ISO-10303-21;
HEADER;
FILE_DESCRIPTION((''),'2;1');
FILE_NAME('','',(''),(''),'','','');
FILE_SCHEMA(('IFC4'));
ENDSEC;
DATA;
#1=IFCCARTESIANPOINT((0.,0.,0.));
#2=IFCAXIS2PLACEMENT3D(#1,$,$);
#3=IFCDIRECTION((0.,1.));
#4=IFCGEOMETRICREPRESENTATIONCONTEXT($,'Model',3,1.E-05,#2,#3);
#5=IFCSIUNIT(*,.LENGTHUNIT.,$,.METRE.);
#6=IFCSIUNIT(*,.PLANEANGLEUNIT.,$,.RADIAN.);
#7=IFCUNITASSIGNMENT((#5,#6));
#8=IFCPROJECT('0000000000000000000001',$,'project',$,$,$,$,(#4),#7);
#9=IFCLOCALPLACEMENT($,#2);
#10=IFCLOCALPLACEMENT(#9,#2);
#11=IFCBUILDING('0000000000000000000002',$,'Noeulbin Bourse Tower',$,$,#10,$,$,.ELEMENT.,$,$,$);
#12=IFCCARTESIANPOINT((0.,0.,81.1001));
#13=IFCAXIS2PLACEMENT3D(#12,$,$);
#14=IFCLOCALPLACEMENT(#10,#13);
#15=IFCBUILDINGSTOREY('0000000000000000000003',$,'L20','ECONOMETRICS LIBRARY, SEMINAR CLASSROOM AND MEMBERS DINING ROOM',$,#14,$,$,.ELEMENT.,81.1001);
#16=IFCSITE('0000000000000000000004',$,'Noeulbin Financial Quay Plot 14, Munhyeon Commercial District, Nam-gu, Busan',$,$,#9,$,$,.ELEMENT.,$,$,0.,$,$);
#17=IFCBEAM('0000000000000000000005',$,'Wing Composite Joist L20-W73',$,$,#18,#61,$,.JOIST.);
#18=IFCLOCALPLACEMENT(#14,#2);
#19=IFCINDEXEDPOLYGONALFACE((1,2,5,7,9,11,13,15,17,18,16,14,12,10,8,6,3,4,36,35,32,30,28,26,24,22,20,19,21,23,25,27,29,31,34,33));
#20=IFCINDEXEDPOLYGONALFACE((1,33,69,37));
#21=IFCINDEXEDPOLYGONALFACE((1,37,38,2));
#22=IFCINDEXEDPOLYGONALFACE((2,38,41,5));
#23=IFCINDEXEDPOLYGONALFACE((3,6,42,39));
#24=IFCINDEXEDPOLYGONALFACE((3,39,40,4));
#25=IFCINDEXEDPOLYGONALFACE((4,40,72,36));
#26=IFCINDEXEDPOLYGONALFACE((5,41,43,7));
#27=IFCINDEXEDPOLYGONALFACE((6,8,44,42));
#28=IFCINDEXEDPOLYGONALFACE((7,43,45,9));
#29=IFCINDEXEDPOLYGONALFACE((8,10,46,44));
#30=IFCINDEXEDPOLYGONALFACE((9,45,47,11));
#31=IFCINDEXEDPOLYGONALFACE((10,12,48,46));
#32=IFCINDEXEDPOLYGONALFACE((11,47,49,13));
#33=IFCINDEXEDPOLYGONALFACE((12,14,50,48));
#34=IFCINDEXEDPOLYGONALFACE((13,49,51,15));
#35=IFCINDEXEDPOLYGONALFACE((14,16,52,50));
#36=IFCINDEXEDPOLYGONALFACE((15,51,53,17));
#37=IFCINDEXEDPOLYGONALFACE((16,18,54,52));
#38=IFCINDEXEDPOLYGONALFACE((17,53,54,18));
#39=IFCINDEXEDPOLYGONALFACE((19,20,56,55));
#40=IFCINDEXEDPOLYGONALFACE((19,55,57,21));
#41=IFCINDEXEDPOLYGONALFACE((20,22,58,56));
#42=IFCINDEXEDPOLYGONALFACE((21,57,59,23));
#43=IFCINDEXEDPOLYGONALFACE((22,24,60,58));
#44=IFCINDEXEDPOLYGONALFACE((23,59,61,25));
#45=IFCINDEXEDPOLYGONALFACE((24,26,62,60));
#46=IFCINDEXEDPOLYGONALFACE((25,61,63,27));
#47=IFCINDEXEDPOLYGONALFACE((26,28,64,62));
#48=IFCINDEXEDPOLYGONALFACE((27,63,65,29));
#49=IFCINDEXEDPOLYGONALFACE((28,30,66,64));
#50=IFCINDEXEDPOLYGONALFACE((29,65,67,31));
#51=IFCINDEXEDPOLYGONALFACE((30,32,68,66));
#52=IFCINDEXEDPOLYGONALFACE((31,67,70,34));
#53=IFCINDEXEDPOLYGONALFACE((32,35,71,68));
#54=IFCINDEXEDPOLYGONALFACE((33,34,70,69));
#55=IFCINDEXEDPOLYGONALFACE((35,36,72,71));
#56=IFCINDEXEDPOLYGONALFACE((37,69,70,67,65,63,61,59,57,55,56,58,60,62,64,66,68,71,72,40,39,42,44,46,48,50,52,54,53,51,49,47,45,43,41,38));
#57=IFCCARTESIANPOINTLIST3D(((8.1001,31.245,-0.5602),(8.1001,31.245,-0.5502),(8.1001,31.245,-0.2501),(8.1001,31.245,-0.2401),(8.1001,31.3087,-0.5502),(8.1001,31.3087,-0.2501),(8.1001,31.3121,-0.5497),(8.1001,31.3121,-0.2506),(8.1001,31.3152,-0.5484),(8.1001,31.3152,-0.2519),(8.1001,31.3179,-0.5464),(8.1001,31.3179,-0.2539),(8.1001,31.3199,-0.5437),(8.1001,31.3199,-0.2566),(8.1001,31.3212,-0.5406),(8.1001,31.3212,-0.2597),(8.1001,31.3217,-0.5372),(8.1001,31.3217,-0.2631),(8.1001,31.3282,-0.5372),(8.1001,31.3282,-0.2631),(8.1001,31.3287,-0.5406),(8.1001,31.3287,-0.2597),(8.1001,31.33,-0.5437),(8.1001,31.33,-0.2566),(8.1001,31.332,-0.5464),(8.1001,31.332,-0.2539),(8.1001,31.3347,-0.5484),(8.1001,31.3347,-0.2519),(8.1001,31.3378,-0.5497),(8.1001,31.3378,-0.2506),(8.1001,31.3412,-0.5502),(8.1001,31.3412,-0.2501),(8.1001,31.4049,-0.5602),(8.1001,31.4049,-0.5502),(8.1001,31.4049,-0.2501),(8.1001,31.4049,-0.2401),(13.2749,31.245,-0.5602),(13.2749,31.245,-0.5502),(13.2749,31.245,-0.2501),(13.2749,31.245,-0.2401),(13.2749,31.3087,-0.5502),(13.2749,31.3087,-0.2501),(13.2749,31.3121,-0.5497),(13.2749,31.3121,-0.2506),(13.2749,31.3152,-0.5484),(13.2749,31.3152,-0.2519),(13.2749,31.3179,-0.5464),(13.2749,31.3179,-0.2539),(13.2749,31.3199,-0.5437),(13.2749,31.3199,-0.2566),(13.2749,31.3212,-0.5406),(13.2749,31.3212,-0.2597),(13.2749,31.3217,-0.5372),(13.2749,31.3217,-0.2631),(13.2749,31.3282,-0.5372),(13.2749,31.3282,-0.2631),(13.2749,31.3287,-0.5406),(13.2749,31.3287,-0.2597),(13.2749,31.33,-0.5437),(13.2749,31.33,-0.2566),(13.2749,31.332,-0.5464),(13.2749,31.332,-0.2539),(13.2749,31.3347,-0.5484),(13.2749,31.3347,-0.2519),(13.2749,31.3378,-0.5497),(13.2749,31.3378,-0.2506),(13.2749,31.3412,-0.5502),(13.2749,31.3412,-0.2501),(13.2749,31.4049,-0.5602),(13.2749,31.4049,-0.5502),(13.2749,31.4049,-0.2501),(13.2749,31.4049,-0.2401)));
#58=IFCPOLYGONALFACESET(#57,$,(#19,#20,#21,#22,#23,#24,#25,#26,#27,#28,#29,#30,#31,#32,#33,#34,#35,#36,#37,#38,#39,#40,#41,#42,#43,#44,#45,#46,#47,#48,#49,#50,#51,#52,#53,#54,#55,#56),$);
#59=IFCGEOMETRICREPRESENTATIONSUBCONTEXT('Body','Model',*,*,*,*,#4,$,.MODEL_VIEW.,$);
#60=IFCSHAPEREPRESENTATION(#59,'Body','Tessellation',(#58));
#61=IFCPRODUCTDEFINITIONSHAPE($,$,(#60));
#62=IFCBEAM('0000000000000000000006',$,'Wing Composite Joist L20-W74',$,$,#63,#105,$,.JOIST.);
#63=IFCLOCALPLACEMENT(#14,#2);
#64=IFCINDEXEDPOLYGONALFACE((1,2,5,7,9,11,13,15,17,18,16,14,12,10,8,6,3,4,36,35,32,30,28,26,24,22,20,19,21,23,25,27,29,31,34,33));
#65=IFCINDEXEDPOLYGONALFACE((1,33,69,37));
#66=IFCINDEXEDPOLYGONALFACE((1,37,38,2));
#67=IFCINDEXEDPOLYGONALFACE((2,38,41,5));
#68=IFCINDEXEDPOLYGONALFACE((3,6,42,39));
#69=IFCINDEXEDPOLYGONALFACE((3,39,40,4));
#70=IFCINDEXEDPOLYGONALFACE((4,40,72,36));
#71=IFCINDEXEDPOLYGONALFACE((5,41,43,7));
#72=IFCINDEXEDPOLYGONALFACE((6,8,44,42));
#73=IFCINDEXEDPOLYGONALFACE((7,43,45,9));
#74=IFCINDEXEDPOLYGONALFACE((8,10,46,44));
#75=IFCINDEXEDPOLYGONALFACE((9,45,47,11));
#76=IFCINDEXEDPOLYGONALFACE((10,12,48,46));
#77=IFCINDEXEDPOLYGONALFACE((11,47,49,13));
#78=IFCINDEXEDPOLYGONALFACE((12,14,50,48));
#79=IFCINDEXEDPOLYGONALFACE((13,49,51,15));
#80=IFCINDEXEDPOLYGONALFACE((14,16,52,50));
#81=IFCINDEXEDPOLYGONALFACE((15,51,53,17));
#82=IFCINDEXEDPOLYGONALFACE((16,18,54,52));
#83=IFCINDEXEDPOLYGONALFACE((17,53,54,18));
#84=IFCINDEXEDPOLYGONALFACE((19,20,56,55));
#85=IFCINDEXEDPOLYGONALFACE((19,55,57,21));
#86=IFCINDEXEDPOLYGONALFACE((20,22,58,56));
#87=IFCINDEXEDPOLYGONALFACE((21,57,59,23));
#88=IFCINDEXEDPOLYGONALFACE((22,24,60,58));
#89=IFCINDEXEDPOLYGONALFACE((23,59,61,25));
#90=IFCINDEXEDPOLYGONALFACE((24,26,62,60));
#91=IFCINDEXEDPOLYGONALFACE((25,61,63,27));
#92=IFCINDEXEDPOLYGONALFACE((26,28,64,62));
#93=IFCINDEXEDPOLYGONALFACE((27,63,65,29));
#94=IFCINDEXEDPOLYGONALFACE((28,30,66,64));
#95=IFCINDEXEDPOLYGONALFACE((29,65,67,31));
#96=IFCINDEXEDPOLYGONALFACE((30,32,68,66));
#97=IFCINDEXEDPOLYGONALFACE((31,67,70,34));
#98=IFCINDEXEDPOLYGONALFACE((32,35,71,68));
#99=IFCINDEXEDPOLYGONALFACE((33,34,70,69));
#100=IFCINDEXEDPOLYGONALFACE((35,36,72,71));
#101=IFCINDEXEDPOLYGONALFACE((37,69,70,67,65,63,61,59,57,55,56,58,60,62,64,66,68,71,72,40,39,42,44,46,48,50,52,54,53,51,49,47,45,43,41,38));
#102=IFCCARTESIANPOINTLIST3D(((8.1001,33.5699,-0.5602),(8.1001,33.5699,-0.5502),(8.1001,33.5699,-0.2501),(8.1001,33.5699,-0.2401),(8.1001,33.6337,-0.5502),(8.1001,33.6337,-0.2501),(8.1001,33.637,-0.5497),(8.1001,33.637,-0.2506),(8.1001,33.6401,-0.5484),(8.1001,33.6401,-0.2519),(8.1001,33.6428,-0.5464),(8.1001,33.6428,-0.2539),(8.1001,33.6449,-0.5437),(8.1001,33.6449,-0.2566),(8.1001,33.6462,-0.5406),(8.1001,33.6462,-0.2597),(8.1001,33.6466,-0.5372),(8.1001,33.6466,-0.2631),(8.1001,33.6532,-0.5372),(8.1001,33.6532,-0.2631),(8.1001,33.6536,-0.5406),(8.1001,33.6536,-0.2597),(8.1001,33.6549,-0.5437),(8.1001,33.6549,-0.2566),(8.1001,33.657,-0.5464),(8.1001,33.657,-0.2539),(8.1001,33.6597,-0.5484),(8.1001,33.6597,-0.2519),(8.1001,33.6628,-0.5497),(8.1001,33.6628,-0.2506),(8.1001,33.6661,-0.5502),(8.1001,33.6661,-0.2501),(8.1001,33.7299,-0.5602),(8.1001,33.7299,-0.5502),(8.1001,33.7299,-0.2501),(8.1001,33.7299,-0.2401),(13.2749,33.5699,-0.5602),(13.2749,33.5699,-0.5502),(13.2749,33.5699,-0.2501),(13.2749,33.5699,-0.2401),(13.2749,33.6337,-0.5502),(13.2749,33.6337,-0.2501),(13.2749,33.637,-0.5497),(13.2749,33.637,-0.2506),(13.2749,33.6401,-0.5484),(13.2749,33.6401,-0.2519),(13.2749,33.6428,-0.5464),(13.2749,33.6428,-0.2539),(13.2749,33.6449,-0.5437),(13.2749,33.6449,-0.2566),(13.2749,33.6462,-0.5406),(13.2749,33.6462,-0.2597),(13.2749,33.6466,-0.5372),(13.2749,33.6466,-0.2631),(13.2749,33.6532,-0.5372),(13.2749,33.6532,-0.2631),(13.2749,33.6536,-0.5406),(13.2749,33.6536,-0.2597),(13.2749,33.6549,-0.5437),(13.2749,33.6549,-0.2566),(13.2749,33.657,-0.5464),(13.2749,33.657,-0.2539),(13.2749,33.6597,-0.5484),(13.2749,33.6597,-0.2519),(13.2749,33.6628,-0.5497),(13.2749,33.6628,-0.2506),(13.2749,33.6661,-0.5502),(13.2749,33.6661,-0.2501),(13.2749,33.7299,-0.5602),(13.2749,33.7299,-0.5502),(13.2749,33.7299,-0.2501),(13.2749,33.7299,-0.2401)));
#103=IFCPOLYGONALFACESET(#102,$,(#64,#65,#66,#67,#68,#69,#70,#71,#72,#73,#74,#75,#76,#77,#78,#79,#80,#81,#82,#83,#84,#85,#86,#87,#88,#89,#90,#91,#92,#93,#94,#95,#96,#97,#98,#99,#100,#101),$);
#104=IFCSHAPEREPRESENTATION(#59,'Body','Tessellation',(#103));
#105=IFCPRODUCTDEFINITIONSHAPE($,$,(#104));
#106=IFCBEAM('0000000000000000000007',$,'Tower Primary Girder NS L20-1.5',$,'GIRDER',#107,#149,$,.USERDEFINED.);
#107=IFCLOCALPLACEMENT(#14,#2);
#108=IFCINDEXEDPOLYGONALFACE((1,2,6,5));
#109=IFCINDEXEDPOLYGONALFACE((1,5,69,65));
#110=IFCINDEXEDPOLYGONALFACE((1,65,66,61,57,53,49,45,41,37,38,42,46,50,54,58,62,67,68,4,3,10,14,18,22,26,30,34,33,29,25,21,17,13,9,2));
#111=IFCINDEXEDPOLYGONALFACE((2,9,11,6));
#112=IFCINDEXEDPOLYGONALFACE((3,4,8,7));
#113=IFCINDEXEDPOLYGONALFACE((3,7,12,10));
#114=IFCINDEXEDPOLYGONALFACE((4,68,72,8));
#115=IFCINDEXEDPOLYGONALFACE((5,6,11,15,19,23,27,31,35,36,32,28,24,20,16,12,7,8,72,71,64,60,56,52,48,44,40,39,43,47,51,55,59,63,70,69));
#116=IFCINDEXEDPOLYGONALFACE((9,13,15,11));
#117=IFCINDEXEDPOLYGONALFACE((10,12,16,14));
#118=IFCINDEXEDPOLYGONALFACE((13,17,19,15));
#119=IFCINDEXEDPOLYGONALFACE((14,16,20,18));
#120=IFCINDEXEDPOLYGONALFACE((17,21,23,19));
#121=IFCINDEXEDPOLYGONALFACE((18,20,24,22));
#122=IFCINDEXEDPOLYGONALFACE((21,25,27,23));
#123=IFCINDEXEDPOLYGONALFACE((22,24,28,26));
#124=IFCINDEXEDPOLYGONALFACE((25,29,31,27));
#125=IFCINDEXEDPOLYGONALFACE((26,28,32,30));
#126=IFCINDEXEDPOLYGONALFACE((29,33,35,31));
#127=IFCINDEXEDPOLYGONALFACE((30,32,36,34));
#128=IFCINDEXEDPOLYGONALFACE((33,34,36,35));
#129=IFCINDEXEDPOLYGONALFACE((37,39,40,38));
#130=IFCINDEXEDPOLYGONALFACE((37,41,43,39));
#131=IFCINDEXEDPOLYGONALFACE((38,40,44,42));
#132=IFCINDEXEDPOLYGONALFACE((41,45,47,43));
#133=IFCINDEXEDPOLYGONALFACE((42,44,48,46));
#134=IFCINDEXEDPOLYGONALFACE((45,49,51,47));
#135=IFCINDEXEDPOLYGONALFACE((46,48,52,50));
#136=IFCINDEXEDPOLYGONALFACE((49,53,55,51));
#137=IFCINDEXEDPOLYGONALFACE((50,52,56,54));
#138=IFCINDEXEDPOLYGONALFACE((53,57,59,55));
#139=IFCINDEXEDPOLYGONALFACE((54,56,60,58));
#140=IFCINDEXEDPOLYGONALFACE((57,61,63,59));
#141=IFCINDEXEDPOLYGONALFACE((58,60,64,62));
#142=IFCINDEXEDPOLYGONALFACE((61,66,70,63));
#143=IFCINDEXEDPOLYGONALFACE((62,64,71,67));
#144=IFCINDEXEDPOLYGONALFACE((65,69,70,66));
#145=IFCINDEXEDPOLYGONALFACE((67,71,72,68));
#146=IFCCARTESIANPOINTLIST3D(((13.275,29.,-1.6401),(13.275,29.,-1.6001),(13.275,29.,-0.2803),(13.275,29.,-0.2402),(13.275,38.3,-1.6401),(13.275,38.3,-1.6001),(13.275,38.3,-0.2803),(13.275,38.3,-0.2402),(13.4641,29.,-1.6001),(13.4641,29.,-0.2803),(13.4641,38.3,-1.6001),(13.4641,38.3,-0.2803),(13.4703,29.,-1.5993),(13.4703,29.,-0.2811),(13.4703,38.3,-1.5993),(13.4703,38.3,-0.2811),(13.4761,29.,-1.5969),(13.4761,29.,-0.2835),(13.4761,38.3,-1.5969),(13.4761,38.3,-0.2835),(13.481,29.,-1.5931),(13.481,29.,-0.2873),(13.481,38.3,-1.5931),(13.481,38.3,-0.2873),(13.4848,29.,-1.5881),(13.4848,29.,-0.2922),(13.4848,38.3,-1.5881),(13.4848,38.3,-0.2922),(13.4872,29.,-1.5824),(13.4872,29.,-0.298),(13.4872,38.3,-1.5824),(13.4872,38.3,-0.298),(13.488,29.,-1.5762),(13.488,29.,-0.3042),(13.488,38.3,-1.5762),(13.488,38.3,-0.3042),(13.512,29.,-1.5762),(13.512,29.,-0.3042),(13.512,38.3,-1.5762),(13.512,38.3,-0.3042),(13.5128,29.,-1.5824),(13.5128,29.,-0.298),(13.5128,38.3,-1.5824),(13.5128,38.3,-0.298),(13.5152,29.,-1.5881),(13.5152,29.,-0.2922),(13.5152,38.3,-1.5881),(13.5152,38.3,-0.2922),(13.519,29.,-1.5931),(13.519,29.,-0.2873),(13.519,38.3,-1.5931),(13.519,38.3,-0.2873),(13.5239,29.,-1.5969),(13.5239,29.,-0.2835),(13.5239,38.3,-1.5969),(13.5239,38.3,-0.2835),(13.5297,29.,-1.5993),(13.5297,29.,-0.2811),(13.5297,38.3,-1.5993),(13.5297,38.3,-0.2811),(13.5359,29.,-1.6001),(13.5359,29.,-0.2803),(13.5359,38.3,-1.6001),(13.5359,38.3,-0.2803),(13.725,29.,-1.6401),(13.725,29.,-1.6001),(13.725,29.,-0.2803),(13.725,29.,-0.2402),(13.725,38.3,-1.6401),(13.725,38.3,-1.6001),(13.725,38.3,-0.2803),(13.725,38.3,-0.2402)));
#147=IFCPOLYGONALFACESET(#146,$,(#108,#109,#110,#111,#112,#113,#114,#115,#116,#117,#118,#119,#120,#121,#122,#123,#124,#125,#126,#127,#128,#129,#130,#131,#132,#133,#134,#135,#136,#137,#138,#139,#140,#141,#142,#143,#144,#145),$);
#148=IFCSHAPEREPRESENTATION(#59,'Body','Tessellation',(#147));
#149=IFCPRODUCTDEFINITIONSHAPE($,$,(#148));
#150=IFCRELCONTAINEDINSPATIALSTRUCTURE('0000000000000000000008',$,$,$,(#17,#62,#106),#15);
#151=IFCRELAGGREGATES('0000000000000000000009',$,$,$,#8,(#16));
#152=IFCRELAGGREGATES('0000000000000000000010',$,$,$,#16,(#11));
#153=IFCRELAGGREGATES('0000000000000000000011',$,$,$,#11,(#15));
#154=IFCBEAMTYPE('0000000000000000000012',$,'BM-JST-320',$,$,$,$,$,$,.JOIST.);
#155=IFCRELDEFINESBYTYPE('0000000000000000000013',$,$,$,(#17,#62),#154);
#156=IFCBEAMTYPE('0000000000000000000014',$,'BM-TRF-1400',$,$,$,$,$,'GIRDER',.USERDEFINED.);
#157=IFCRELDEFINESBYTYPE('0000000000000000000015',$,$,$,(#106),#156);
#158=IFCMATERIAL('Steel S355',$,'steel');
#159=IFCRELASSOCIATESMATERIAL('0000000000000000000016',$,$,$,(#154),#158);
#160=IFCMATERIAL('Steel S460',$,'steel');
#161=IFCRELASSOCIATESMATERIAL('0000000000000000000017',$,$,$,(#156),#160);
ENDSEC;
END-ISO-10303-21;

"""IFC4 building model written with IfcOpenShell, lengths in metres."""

from ifc_helpers import new_model, si_unit, direction, frame, origin, origin_2d, place, context, subcontext, project, spatial, i_section, extrude, material, material_profile, profile_set, type_object, element, save


model = new_model("IFC4")

# Units and contexts
model_context = context("Model", 3, precision=1e-05, world=origin(), true_north=direction((0.0, 1.0)))
body_context = subcontext(model_context, "Body", "Model", "MODEL_VIEW")
ifc_project = project(units=[si_unit("LENGTHUNIT", "METRE"), si_unit("PLANEANGLEUNIT", "RADIAN")], contexts=[model_context])

# Site, building, storey
site_placement = place(None, origin())
site = spatial("IfcSite", under=ifc_project, at=site_placement, Name="Noeulbin Financial Quay Plot 14, Munhyeon Commercial District, Nam-gu, Busan", CompositionType="ELEMENT", RefElevation=0.0)
building_placement = place(site_placement, origin())
building = spatial("IfcBuilding", under=site, at=building_placement, Name="Noeulbin Bourse Tower", CompositionType="ELEMENT")
storey_placement = place(building_placement, frame((0.0, 0.0, 81.1001)))
storey = spatial("IfcBuildingStorey", under=building, at=storey_placement, Name="L20", Description="ECONOMETRICS LIBRARY, SEMINAR CLASSROOM AND MEMBERS DINING ROOM", CompositionType="ELEMENT", Elevation=81.1001)

# Beams
ifc_material_1 = material(Name="Steel S355", Category="steel")
ifc_material_profile_1 = material_profile(ifc_material_1, i_section(OverallWidth=0.1599, OverallDepth=0.3201, WebThickness=0.0066, FlangeThickness=0.01, FilletRadius=0.0129, at=origin_2d()), Name="H-320x160x6.5x10", Category="LoadBearing")
ifc_profile_set_1 = profile_set([ifc_material_profile_1], Name="Steel S355")
beam_type_1 = type_object("IfcBeamType", Name="BM-JST-320", PredefinedType="JOIST", material=ifc_profile_set_1)
for number, where, z_axis, x_axis, name in (
    (1, (8.1001, 31.325, -0.4001), (1.0, 0.0, 0.0), (0.0, 1.0, 0.0), "Wing Composite Joist L20-W73"),
    (2, (8.1001, 33.6499, -0.4001), (1.0, 0.0, 0.0), (0.0, 1.0, 0.0), "Wing Composite Joist L20-W74"),
):
    element("IfcBeam", number, at=place(storey_placement, frame(where, z_axis=z_axis, x_axis=x_axis)), inside=storey, type_object=beam_type_1, Name=name, PredefinedType="JOIST", context=body_context, shape_type="SweptSolid", body=[
        extrude(i_section(OverallWidth=0.1599, OverallDepth=0.3201, WebThickness=0.0066, FlangeThickness=0.01, FilletRadius=0.0129, at=origin_2d()), origin(), (0.0, 0.0, 1.0), 5.1748),
    ])
ifc_material_2 = material(Name="Steel S460", Category="steel")
ifc_material_profile_2 = material_profile(ifc_material_2, i_section(OverallWidth=0.45, OverallDepth=1.3999, WebThickness=0.0239, FlangeThickness=0.04, FilletRadius=0.0239, at=origin_2d()), Name="PG-1400x450x24x40", Category="LoadBearing")
ifc_profile_set_2 = profile_set([ifc_material_profile_2], Name="Steel S460")
beam_type_2 = type_object("IfcBeamType", Name="BM-TRF-1400", ElementType="GIRDER", PredefinedType="USERDEFINED", material=ifc_profile_set_2)
beam_placement = place(storey_placement, frame((13.5, 29.0, -0.9402), z_axis=(0.0, 1.0, 0.0), x_axis=(-1.0, 0.0, 0.0)))
element("IfcBeam", 3, at=beam_placement, inside=storey, type_object=beam_type_2, Name="Tower Primary Girder NS L20-1.5", ObjectType="GIRDER", PredefinedType="USERDEFINED", context=body_context, shape_type="SweptSolid", body=[
    extrude(i_section(OverallWidth=0.45, OverallDepth=1.3999, WebThickness=0.0239, FlangeThickness=0.04, FilletRadius=0.0239, at=origin_2d()), origin(), (0.0, 0.0, 1.0), 9.3),
])

save(model, "model.ifc")
